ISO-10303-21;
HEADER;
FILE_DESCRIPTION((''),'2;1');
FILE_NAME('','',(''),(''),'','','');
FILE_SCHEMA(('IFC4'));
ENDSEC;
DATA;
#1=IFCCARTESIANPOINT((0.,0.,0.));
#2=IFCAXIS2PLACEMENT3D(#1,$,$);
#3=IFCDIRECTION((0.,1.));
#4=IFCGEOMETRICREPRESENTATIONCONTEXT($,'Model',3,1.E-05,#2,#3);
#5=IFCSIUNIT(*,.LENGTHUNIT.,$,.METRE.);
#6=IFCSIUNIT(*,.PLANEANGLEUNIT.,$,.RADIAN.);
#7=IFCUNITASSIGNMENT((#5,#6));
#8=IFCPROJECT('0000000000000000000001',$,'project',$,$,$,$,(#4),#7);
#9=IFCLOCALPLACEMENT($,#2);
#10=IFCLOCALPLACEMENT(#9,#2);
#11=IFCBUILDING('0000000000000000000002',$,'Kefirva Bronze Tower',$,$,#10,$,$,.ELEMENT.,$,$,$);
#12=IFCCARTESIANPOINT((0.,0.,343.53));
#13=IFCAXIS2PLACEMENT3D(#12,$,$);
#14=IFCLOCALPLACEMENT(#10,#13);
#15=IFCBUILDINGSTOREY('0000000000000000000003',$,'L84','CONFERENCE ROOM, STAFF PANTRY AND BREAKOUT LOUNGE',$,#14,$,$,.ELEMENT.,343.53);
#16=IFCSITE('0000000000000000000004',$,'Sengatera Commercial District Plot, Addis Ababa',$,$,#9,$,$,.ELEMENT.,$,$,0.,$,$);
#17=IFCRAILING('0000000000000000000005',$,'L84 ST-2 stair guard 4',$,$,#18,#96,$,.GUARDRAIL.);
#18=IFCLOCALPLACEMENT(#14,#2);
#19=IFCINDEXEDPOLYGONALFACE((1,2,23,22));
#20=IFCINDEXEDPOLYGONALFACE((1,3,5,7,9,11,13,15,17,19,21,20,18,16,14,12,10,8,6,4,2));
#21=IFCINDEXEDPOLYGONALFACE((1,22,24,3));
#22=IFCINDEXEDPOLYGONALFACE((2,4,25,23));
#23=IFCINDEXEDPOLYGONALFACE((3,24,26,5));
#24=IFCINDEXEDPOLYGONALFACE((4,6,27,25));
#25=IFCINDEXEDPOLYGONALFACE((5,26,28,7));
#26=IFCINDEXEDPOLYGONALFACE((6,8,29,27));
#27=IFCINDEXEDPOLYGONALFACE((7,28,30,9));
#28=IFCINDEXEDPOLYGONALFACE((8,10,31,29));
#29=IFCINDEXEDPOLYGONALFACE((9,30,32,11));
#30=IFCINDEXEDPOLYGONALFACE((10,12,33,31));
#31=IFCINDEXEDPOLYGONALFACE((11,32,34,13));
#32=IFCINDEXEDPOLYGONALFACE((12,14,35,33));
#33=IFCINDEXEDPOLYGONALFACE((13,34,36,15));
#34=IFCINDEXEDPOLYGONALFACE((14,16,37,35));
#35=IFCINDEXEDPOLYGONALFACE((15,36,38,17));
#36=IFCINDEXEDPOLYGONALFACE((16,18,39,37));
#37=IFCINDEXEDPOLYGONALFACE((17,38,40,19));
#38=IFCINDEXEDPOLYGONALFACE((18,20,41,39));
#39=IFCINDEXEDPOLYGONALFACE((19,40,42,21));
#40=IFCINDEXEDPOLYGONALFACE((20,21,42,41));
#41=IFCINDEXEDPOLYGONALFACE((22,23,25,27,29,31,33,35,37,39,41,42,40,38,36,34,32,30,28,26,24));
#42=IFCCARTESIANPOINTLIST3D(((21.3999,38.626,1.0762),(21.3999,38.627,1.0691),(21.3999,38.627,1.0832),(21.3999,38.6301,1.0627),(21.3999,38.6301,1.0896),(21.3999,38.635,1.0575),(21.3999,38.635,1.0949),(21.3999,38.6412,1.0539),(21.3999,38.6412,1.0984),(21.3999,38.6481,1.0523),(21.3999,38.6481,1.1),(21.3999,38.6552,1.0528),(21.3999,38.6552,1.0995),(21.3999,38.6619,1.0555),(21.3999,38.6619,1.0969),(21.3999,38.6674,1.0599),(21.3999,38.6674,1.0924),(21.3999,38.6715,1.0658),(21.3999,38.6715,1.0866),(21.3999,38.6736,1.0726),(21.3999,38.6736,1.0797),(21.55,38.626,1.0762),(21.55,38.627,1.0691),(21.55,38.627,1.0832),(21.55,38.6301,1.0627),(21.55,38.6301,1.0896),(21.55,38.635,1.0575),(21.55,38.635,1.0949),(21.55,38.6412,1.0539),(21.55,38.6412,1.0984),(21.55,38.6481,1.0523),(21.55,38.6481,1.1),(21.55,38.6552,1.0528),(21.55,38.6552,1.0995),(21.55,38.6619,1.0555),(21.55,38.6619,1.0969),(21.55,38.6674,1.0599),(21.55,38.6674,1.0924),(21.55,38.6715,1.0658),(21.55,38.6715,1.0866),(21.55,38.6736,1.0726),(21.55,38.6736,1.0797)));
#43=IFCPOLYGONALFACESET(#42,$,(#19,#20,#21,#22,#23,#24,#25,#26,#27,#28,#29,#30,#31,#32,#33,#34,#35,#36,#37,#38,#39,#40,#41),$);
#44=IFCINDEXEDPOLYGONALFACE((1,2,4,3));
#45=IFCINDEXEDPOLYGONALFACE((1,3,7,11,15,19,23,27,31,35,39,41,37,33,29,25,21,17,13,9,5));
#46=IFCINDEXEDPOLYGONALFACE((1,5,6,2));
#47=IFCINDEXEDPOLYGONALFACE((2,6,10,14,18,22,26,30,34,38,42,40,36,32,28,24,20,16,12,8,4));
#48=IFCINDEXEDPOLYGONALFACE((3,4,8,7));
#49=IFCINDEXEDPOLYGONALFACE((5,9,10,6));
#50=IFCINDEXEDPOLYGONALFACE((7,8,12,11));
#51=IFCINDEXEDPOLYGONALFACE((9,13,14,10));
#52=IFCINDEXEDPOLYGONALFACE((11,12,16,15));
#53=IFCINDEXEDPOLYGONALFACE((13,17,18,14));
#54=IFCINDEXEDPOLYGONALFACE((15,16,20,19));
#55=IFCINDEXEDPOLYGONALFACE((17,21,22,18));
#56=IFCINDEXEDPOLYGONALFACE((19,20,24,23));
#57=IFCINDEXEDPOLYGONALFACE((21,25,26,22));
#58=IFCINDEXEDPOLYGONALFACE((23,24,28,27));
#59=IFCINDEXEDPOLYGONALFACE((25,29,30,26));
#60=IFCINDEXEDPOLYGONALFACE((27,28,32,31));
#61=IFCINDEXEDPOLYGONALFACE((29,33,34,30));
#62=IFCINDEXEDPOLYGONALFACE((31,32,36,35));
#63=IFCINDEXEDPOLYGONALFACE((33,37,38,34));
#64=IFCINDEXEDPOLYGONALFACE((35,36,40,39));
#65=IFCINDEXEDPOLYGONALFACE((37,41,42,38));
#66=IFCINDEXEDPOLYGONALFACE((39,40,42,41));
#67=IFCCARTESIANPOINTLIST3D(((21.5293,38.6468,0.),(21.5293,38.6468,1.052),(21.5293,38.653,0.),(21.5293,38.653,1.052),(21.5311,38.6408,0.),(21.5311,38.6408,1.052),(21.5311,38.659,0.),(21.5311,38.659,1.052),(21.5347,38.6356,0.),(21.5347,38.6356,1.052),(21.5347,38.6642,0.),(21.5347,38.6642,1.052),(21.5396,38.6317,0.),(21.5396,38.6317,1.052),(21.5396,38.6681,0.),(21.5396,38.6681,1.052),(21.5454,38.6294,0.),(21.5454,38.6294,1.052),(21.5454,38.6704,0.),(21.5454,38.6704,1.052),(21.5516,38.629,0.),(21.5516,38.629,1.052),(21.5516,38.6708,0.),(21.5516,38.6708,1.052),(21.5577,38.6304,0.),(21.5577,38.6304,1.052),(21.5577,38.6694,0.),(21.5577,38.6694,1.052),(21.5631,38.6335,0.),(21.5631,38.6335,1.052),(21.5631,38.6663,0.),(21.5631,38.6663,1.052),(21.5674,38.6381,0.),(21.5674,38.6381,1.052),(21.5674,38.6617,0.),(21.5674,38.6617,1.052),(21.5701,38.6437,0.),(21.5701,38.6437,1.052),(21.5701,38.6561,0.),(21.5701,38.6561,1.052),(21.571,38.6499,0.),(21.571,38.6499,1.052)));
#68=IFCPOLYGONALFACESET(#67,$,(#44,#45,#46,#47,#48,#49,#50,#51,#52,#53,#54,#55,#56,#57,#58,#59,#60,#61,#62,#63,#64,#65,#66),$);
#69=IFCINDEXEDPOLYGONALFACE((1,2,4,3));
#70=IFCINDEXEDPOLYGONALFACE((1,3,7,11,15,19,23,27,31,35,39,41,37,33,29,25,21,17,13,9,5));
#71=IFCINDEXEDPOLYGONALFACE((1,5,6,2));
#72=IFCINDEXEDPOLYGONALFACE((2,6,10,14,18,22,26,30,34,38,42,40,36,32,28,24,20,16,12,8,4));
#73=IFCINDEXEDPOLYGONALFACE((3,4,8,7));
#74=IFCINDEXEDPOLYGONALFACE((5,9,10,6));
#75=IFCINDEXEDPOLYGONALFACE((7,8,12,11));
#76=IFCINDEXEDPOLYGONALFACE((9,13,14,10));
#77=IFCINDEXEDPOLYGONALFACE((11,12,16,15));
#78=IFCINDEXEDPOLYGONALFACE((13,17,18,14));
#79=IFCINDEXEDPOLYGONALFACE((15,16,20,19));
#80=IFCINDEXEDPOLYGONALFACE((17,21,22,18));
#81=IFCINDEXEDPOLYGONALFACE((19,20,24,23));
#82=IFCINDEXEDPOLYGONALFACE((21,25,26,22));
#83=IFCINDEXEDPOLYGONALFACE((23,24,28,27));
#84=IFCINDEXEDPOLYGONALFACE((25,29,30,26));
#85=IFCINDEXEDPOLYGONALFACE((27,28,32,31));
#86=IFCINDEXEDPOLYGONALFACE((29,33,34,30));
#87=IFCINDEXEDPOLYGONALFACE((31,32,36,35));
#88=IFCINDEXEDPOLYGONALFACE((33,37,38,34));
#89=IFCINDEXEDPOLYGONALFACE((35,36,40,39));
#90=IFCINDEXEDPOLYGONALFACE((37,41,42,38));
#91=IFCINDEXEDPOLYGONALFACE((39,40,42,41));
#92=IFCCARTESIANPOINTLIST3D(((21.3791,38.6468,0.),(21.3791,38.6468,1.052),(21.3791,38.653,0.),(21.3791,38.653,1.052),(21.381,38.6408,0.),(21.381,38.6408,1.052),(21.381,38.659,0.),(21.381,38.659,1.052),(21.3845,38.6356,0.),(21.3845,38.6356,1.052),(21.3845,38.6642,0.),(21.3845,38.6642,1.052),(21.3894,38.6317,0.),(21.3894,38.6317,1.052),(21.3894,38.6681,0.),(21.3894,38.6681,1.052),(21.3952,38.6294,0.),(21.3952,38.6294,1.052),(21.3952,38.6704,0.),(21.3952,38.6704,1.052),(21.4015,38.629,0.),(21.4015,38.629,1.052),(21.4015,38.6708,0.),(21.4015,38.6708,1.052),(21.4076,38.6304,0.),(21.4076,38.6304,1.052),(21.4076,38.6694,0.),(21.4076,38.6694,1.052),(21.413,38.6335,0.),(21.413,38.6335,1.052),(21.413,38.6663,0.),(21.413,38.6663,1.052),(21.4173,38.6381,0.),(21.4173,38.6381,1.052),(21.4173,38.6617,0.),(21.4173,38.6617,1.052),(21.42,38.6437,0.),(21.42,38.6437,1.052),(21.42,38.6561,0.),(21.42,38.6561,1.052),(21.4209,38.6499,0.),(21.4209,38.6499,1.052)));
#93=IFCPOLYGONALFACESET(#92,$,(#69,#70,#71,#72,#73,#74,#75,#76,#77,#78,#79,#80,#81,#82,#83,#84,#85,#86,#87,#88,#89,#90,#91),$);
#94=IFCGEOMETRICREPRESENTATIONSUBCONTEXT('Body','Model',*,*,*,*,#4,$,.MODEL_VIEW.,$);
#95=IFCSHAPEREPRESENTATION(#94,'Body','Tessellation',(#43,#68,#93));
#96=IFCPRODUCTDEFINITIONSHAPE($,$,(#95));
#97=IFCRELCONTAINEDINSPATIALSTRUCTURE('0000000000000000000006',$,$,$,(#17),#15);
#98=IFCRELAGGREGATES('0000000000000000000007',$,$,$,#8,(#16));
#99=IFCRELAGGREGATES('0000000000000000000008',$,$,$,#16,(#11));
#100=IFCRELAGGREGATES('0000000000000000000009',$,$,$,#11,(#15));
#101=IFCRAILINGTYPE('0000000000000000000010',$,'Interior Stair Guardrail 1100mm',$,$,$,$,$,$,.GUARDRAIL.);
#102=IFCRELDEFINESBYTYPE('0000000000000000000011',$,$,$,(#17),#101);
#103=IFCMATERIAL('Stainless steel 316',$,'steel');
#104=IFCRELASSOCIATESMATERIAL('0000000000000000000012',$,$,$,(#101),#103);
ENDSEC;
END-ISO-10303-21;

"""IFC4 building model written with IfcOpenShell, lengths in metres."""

from ifc_helpers import new_model, si_unit, direction, frame, origin, origin_2d, place, context, subcontext, project, spatial, circle, extrude, material, type_object, element, save


model = new_model("IFC4")

# Units and contexts
model_context = context("Model", 3, precision=1e-05, world=origin(), true_north=direction((0.0, 1.0)))
body_context = subcontext(model_context, "Body", "Model", "MODEL_VIEW")
ifc_project = project(units=[si_unit("LENGTHUNIT", "METRE"), si_unit("PLANEANGLEUNIT", "RADIAN")], contexts=[model_context])

# Site, building, storey
site_placement = place(None, origin())
site = spatial("IfcSite", under=ifc_project, at=site_placement, Name="Sengatera Commercial District Plot, Addis Ababa", CompositionType="ELEMENT", RefElevation=0.0)
building_placement = place(site_placement, origin())
building = spatial("IfcBuilding", under=site, at=building_placement, Name="Kefirva Bronze Tower", CompositionType="ELEMENT")
storey_placement = place(building_placement, frame((0.0, 0.0, 343.53)))
storey = spatial("IfcBuildingStorey", under=building, at=storey_placement, Name="L84", Description="CONFERENCE ROOM, STAFF PANTRY AND BREAKOUT LOUNGE", CompositionType="ELEMENT", Elevation=343.53)

# Railing
ifc_material_1 = material(Name="Stainless steel 316", Category="steel")
railing_type_1 = type_object("IfcRailingType", Name="Interior Stair Guardrail 1100mm", PredefinedType="GUARDRAIL", material=ifc_material_1)
railing_1_placement = place(storey_placement, frame((21.55, 38.6499, 0.0)))
element("IfcRailing", 1, at=railing_1_placement, inside=storey, type_object=railing_type_1, Name="L84 ST-2 stair guard 4", PredefinedType="GUARDRAIL", context=body_context, shape_type="SweptSolid", body=[
    extrude(circle(Radius=0.0239, at=origin_2d()), frame((0.0, 0.0, 1.0762), z_axis=(-1.0, 0.0, 0.0), x_axis=(0.0, -1.0, 0.0)), (0.0, 0.0, 1.0), 0.1501),
    extrude(circle(Radius=0.021, at=origin_2d()), origin(), (0.0, 0.0, 1.0), 1.052),
    extrude(circle(Radius=0.021, at=origin_2d()), frame((-0.1501, 0.0, 0.0)), (0.0, 0.0, 1.0), 1.052),
])

save(model, "model.ifc")
